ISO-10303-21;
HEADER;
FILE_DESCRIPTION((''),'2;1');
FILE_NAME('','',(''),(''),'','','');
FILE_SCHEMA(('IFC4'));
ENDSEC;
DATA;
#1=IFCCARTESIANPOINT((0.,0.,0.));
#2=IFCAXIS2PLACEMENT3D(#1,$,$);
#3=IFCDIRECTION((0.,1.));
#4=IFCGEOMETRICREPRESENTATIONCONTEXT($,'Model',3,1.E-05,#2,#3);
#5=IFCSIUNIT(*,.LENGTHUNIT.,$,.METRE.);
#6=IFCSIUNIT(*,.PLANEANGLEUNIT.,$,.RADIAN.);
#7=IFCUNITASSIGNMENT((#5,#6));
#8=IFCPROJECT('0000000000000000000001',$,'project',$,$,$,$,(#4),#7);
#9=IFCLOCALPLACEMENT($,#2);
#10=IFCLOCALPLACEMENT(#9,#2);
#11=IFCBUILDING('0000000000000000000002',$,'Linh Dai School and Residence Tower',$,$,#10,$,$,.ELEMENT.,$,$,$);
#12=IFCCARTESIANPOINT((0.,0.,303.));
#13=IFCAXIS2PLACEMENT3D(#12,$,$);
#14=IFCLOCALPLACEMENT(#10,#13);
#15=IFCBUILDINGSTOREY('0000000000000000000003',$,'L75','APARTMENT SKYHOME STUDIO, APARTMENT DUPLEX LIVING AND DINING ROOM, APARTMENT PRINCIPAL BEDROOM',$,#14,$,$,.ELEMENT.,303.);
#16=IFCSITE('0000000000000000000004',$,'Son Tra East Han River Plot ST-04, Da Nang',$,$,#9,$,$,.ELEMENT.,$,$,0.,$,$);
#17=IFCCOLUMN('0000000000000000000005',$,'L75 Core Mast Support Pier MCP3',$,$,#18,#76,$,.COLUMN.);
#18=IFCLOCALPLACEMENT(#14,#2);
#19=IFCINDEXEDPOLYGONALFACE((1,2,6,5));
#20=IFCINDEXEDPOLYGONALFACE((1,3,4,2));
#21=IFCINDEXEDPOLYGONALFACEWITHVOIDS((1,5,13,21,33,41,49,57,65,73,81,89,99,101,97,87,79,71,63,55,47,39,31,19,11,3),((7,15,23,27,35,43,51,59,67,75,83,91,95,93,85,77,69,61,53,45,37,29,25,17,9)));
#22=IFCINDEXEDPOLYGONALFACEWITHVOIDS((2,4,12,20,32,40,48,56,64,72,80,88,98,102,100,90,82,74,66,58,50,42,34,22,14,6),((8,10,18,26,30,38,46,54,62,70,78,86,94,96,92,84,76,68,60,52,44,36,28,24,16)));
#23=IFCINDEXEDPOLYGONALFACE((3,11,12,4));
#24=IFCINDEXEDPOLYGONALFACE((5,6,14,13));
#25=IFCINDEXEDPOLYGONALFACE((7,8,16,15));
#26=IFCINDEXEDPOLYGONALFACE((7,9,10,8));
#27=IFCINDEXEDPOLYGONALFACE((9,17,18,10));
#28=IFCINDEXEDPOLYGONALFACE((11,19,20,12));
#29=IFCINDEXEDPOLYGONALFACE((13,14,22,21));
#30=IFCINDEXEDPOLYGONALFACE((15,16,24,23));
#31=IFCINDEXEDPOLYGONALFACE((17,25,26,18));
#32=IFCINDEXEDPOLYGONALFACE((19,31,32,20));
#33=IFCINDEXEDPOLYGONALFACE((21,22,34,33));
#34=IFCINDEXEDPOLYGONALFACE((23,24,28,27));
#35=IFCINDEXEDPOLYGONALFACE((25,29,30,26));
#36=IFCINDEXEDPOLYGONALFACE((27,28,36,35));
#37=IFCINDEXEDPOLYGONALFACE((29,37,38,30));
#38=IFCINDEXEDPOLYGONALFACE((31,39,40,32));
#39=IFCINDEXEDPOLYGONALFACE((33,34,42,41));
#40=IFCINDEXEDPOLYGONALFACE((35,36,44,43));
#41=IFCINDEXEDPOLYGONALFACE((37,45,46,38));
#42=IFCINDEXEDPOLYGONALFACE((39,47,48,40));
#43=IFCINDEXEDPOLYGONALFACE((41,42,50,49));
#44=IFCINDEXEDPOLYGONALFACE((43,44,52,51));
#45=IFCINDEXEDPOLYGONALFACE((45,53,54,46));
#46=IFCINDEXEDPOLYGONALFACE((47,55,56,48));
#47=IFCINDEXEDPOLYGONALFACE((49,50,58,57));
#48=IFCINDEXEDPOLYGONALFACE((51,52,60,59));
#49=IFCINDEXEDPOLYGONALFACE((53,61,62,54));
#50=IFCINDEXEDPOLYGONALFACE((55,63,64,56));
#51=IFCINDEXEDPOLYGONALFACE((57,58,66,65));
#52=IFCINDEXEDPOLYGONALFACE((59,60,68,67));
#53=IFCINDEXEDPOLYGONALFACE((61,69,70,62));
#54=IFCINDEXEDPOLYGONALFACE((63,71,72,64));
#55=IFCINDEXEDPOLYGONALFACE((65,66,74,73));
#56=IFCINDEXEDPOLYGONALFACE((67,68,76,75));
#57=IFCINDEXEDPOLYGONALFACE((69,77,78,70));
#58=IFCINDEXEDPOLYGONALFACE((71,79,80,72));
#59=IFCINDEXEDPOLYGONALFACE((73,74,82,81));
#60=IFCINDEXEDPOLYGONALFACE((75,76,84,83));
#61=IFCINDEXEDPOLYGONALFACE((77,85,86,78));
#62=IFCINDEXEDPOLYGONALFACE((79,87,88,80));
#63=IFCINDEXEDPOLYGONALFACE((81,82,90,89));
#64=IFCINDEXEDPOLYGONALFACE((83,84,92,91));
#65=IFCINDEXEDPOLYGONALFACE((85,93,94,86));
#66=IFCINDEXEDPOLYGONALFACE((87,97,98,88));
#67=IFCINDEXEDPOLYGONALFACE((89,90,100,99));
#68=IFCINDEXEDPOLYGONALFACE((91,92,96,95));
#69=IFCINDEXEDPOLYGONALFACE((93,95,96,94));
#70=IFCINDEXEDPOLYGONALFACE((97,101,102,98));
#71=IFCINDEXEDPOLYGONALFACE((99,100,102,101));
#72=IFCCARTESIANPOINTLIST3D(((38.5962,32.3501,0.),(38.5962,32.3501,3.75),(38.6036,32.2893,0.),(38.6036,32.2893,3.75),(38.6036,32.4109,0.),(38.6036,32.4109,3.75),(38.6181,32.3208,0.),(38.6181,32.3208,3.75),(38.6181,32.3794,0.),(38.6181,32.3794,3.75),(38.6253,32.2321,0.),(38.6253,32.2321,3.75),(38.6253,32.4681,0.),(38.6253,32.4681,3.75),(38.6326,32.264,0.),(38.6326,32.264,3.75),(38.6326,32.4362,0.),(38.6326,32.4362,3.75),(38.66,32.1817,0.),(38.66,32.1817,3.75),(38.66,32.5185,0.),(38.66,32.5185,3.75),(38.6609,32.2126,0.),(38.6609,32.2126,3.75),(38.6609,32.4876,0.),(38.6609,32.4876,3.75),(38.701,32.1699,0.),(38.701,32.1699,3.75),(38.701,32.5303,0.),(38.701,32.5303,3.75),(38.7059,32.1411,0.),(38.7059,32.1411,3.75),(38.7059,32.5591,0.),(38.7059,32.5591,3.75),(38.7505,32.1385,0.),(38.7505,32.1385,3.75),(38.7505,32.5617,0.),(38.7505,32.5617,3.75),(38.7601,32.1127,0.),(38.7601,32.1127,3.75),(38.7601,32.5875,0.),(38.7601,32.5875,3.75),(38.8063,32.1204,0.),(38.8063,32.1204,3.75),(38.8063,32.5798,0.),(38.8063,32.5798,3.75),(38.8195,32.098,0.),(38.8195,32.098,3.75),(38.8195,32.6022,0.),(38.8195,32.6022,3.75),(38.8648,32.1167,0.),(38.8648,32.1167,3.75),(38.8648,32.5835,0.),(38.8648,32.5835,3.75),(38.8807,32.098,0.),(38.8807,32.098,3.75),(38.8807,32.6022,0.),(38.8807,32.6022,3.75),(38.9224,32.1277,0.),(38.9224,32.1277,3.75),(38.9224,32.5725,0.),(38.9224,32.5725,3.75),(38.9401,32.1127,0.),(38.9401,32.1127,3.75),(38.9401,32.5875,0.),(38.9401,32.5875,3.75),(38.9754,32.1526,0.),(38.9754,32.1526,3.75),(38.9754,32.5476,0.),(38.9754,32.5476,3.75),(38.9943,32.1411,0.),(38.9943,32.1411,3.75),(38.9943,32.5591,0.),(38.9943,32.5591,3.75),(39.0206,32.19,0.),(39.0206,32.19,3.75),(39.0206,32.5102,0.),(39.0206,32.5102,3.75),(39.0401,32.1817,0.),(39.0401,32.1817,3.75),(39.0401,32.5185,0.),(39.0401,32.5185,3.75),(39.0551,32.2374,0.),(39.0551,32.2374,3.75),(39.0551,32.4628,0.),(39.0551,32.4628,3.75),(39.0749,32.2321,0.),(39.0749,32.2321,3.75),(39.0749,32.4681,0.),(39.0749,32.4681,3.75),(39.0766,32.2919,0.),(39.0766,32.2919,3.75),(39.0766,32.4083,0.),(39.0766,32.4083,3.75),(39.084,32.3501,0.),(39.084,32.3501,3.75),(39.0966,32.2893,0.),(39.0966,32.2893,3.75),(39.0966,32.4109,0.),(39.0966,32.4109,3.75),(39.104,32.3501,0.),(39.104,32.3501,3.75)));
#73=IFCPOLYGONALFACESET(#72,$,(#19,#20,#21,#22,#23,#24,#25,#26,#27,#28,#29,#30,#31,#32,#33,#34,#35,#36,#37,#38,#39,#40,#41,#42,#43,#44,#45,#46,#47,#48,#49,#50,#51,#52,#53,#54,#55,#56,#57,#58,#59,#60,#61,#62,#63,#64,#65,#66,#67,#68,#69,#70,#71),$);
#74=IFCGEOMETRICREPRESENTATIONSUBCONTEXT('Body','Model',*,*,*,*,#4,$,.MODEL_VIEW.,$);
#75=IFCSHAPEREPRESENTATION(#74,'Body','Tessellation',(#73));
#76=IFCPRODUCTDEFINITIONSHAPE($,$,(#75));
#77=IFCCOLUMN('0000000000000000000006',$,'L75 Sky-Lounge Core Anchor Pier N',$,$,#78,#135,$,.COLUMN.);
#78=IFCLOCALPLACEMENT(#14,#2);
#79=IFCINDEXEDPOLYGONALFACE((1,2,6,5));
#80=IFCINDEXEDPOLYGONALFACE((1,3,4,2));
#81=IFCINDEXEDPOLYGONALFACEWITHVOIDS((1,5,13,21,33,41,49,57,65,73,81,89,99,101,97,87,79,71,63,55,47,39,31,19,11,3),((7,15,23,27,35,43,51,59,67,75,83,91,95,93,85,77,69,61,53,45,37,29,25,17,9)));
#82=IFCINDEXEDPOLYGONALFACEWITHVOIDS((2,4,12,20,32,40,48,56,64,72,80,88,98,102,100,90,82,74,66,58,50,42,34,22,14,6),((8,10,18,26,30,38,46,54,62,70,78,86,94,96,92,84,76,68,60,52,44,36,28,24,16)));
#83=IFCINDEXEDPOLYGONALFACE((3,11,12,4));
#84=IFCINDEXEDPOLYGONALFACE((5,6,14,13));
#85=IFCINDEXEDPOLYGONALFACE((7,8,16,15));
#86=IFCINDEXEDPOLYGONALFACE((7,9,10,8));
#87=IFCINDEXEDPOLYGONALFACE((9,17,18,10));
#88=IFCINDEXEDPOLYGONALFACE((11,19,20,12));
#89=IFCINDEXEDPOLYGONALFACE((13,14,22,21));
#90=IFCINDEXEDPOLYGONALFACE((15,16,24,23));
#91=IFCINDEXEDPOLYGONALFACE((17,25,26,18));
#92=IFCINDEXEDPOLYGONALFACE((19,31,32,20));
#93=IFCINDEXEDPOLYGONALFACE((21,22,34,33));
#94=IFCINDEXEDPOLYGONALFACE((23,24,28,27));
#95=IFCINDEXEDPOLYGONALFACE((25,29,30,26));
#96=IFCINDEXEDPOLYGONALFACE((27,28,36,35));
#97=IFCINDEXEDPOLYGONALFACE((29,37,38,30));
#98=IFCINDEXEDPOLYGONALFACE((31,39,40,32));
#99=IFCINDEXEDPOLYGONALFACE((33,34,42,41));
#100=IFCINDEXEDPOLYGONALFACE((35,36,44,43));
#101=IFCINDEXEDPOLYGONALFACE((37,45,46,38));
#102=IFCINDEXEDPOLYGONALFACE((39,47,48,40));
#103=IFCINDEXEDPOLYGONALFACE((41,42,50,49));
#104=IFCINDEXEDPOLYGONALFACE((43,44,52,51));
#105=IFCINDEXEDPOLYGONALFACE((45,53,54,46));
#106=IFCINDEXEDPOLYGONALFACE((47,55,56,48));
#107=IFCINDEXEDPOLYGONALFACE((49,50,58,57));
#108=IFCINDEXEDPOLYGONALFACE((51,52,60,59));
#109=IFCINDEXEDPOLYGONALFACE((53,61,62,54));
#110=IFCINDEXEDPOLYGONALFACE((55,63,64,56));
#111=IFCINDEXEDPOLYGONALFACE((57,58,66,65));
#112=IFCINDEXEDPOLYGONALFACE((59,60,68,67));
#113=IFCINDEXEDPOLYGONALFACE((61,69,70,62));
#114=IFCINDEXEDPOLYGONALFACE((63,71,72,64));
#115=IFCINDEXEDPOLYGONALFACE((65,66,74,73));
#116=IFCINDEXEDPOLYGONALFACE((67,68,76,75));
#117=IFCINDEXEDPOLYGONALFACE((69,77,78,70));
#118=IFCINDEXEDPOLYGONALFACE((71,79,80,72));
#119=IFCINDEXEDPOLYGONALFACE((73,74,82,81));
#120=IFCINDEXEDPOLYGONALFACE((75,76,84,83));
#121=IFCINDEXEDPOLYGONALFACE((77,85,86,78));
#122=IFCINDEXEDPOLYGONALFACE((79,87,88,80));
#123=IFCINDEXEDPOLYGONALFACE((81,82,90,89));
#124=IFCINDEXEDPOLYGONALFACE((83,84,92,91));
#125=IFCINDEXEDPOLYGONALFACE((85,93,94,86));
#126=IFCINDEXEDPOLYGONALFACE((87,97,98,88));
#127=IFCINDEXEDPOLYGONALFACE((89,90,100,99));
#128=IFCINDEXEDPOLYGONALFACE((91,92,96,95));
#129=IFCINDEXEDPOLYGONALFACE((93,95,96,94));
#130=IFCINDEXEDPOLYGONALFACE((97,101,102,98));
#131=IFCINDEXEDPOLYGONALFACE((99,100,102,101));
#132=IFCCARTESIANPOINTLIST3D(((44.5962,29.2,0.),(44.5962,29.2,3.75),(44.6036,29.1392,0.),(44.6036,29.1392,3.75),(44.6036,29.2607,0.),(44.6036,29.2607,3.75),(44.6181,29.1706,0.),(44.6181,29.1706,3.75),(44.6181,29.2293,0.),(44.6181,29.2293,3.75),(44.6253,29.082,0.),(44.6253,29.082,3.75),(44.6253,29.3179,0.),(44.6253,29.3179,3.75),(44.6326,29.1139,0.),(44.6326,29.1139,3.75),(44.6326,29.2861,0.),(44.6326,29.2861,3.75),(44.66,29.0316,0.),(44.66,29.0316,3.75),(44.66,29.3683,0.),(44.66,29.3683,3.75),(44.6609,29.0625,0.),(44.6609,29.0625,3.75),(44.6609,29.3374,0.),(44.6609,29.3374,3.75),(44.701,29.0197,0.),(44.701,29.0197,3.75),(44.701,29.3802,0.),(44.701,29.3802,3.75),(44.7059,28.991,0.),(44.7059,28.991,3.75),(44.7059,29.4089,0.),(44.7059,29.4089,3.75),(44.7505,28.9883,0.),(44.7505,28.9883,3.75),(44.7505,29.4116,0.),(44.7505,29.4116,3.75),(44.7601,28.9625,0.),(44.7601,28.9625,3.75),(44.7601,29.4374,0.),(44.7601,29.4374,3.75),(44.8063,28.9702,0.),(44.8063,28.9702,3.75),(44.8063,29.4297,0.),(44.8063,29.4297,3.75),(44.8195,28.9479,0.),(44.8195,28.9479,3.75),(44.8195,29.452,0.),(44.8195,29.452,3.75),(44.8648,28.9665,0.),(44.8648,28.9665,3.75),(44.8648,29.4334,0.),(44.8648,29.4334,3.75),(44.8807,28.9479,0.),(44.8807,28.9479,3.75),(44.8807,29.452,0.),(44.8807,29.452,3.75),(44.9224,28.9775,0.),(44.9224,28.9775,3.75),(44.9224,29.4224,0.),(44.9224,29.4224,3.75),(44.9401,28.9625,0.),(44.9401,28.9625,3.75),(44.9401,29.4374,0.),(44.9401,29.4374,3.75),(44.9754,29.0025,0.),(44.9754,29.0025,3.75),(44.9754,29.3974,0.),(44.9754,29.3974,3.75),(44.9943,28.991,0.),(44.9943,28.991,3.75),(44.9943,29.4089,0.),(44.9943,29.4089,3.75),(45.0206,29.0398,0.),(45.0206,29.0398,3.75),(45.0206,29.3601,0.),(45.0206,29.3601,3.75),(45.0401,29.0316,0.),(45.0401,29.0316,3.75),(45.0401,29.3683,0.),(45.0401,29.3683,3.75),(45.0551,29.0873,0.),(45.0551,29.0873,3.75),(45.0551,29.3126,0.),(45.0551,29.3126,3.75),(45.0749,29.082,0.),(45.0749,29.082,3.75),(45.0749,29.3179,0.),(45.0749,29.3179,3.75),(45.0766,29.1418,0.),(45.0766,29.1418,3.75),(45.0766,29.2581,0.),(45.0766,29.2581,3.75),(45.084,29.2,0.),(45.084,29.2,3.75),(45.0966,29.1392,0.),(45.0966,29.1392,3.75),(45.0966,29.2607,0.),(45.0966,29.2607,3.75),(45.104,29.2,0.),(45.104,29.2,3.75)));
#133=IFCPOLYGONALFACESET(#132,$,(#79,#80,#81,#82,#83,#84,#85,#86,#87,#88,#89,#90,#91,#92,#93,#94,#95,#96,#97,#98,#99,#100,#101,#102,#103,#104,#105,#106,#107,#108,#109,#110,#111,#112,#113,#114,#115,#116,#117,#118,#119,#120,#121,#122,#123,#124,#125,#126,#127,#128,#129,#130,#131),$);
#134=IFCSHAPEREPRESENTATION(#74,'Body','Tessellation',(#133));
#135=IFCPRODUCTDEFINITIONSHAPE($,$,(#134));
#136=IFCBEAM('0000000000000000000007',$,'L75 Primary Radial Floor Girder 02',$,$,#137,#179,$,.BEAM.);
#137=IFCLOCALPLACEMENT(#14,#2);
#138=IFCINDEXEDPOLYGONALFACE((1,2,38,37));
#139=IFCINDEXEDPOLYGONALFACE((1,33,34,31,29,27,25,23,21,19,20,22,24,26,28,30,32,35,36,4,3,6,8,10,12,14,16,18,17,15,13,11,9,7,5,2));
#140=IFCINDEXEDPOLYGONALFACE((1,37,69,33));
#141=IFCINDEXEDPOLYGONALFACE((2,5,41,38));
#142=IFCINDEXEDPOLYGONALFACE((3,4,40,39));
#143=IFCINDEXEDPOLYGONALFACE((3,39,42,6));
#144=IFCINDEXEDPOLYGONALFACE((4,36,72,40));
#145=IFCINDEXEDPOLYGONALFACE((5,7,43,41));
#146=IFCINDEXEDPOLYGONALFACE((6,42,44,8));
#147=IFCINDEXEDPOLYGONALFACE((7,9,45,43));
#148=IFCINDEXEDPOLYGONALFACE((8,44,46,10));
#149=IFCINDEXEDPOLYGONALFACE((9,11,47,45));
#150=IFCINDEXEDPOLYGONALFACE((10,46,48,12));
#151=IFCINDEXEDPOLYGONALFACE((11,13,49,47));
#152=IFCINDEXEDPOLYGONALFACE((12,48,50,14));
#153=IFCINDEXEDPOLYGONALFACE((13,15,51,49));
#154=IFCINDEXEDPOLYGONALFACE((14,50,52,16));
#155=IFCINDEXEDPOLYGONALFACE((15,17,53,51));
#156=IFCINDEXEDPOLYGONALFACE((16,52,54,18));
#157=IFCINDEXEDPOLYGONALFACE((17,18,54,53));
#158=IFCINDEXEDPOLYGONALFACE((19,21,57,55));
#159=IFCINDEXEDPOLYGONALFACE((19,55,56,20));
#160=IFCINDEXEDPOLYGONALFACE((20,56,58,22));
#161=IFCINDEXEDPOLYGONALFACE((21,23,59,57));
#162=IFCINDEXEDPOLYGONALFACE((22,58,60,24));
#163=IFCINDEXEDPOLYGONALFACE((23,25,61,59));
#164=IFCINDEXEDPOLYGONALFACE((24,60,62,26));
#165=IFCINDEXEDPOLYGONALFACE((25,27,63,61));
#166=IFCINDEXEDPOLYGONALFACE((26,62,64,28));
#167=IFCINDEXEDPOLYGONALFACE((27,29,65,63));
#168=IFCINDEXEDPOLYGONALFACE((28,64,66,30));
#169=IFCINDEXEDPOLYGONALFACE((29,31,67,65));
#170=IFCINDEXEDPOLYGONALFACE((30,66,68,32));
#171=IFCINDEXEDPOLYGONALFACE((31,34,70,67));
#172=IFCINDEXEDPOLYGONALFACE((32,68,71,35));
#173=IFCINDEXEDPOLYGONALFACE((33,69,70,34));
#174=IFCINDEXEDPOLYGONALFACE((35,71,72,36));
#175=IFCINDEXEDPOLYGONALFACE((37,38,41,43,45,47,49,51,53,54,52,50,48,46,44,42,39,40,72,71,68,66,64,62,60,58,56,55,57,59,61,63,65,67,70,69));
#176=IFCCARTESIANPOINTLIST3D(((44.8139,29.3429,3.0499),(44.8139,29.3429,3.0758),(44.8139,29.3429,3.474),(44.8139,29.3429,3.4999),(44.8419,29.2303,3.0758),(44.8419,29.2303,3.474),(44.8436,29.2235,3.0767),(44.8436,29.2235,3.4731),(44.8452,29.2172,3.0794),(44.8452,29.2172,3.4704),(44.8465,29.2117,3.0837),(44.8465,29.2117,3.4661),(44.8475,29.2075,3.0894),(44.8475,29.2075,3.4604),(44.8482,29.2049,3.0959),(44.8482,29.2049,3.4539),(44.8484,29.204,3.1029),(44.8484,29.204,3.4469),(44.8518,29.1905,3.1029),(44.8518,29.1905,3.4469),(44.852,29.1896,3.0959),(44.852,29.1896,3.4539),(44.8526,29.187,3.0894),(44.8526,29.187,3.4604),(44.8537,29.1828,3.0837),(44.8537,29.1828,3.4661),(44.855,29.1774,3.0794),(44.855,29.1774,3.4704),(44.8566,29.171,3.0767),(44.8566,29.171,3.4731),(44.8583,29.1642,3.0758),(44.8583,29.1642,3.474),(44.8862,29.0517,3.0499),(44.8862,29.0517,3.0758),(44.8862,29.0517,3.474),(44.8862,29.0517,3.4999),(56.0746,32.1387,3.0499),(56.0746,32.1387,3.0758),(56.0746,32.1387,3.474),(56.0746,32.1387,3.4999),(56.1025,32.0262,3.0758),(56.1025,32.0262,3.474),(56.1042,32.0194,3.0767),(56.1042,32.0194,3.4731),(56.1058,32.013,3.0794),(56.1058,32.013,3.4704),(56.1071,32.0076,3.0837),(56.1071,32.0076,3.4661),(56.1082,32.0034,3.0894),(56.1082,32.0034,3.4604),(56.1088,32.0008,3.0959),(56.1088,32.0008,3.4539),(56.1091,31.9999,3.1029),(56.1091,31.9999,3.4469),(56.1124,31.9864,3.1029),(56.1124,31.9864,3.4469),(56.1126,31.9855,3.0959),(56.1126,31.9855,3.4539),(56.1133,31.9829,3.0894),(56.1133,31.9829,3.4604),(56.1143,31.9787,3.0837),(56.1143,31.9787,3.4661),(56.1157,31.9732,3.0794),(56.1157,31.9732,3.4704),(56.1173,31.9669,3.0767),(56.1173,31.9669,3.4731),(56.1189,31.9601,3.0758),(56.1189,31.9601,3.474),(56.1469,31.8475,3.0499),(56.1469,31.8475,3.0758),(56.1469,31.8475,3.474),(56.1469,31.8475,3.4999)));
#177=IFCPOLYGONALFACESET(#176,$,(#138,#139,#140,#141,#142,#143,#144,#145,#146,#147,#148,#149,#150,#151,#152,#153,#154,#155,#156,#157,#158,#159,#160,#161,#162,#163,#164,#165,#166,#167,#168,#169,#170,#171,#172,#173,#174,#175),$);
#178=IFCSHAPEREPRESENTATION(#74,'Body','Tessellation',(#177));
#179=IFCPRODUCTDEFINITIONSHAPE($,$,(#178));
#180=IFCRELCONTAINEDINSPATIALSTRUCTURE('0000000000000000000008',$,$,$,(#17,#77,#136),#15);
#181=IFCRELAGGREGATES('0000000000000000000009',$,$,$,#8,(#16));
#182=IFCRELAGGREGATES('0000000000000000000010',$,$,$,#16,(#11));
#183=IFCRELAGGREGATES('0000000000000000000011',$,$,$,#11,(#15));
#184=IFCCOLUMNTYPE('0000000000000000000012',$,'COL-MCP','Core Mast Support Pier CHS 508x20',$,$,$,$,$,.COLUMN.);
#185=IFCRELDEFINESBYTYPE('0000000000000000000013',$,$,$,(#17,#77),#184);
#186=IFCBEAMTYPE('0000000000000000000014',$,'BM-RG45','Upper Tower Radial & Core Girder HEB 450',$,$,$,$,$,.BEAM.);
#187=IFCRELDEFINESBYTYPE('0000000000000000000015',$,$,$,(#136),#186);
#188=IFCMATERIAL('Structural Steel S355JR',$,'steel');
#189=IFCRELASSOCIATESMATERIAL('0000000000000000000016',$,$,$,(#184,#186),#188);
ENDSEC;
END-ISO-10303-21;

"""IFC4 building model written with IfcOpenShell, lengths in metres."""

from ifc_helpers import new_model, si_unit, direction, frame, origin, origin_2d, place, context, subcontext, project, spatial, hollow_circle, i_section, extrude, material, material_profile, profile_set, type_object, element, save


model = new_model("IFC4")

# Units and contexts
model_context = context("Model", 3, precision=1e-05, world=origin(), true_north=direction((0.0, 1.0)))
body_context = subcontext(model_context, "Body", "Model", "MODEL_VIEW")
ifc_project = project(units=[si_unit("LENGTHUNIT", "METRE"), si_unit("PLANEANGLEUNIT", "RADIAN")], contexts=[model_context])

# Site, building, storey
site_placement = place(None, origin())
site = spatial("IfcSite", under=ifc_project, at=site_placement, Name="Son Tra East Han River Plot ST-04, Da Nang", CompositionType="ELEMENT", RefElevation=0.0)
building_placement = place(site_placement, origin())
building = spatial("IfcBuilding", under=site, at=building_placement, Name="Linh Dai School and Residence Tower", CompositionType="ELEMENT")
storey_placement = place(building_placement, frame((0.0, 0.0, 303.0)))
storey = spatial("IfcBuildingStorey", under=building, at=storey_placement, Name="L75", Description="APARTMENT SKYHOME STUDIO, APARTMENT DUPLEX LIVING AND DINING ROOM, APARTMENT PRINCIPAL BEDROOM", CompositionType="ELEMENT", Elevation=303.0)

# Columns
ifc_material_1 = material(Name="Structural Steel S355JR", Category="steel")
ifc_material_profile_1 = material_profile(ifc_material_1, hollow_circle(Radius=0.2539, WallThickness=0.02, at=origin_2d()), Name="CHS 508x20")
ifc_profile_set_1 = profile_set([ifc_material_profile_1], Name="Structural Steel S355JR")
column_type_1 = type_object("IfcColumnType", Name="COL-MCP", Description="Core Mast Support Pier CHS 508x20", PredefinedType="COLUMN", material=ifc_profile_set_1)
for number, where, z_axis, x_axis, name in (
    (1, (38.8501, 32.3501, 0.0), (0.0, 0.0, 1.0), (1.0, 0.0, 0.0), "L75 Core Mast Support Pier MCP3"),
    (2, (44.8501, 29.2, 0.0), (0.0, 0.0, 1.0), (1.0, 0.0, 0.0), "L75 Sky-Lounge Core Anchor Pier N"),
):
    element("IfcColumn", number, at=place(storey_placement, frame(where, z_axis=z_axis, x_axis=x_axis)), inside=storey, type_object=column_type_1, Name=name, PredefinedType="COLUMN", context=body_context, shape_type="SweptSolid", body=[
        extrude(hollow_circle(Radius=0.2539, WallThickness=0.02, at=origin_2d()), origin(), (0.0, 0.0, 1.0), 3.75),
    ])

# Beam
ifc_material_profile_2 = material_profile(ifc_material_1, i_section(OverallWidth=0.3, OverallDepth=0.45, WebThickness=0.0139, FlangeThickness=0.0259, FilletRadius=0.0271, at=origin_2d()), Name="HEB 450")
ifc_profile_set_2 = profile_set([ifc_material_profile_2], Name="Structural Steel S355JR")
beam_type_1 = type_object("IfcBeamType", Name="BM-RG45", Description="Upper Tower Radial & Core Girder HEB 450", PredefinedType="BEAM", material=ifc_profile_set_2)
beam_1_placement = place(storey_placement, frame((44.8501, 29.1973, 3.2749), z_axis=(0.970532, 0.240971, 0.0), x_axis=(-0.240971, 0.970532, 0.0)))
element("IfcBeam", 3, at=beam_1_placement, inside=storey, type_object=beam_type_1, Name="L75 Primary Radial Floor Girder 02", PredefinedType="BEAM", context=body_context, shape_type="SweptSolid", body=[
    extrude(i_section(OverallWidth=0.3, OverallDepth=0.45, WebThickness=0.0139, FlangeThickness=0.0259, FilletRadius=0.0271, at=origin_2d()), origin(), (0.0, 0.0, 1.0), 11.6025),
])

save(model, "model.ifc")
